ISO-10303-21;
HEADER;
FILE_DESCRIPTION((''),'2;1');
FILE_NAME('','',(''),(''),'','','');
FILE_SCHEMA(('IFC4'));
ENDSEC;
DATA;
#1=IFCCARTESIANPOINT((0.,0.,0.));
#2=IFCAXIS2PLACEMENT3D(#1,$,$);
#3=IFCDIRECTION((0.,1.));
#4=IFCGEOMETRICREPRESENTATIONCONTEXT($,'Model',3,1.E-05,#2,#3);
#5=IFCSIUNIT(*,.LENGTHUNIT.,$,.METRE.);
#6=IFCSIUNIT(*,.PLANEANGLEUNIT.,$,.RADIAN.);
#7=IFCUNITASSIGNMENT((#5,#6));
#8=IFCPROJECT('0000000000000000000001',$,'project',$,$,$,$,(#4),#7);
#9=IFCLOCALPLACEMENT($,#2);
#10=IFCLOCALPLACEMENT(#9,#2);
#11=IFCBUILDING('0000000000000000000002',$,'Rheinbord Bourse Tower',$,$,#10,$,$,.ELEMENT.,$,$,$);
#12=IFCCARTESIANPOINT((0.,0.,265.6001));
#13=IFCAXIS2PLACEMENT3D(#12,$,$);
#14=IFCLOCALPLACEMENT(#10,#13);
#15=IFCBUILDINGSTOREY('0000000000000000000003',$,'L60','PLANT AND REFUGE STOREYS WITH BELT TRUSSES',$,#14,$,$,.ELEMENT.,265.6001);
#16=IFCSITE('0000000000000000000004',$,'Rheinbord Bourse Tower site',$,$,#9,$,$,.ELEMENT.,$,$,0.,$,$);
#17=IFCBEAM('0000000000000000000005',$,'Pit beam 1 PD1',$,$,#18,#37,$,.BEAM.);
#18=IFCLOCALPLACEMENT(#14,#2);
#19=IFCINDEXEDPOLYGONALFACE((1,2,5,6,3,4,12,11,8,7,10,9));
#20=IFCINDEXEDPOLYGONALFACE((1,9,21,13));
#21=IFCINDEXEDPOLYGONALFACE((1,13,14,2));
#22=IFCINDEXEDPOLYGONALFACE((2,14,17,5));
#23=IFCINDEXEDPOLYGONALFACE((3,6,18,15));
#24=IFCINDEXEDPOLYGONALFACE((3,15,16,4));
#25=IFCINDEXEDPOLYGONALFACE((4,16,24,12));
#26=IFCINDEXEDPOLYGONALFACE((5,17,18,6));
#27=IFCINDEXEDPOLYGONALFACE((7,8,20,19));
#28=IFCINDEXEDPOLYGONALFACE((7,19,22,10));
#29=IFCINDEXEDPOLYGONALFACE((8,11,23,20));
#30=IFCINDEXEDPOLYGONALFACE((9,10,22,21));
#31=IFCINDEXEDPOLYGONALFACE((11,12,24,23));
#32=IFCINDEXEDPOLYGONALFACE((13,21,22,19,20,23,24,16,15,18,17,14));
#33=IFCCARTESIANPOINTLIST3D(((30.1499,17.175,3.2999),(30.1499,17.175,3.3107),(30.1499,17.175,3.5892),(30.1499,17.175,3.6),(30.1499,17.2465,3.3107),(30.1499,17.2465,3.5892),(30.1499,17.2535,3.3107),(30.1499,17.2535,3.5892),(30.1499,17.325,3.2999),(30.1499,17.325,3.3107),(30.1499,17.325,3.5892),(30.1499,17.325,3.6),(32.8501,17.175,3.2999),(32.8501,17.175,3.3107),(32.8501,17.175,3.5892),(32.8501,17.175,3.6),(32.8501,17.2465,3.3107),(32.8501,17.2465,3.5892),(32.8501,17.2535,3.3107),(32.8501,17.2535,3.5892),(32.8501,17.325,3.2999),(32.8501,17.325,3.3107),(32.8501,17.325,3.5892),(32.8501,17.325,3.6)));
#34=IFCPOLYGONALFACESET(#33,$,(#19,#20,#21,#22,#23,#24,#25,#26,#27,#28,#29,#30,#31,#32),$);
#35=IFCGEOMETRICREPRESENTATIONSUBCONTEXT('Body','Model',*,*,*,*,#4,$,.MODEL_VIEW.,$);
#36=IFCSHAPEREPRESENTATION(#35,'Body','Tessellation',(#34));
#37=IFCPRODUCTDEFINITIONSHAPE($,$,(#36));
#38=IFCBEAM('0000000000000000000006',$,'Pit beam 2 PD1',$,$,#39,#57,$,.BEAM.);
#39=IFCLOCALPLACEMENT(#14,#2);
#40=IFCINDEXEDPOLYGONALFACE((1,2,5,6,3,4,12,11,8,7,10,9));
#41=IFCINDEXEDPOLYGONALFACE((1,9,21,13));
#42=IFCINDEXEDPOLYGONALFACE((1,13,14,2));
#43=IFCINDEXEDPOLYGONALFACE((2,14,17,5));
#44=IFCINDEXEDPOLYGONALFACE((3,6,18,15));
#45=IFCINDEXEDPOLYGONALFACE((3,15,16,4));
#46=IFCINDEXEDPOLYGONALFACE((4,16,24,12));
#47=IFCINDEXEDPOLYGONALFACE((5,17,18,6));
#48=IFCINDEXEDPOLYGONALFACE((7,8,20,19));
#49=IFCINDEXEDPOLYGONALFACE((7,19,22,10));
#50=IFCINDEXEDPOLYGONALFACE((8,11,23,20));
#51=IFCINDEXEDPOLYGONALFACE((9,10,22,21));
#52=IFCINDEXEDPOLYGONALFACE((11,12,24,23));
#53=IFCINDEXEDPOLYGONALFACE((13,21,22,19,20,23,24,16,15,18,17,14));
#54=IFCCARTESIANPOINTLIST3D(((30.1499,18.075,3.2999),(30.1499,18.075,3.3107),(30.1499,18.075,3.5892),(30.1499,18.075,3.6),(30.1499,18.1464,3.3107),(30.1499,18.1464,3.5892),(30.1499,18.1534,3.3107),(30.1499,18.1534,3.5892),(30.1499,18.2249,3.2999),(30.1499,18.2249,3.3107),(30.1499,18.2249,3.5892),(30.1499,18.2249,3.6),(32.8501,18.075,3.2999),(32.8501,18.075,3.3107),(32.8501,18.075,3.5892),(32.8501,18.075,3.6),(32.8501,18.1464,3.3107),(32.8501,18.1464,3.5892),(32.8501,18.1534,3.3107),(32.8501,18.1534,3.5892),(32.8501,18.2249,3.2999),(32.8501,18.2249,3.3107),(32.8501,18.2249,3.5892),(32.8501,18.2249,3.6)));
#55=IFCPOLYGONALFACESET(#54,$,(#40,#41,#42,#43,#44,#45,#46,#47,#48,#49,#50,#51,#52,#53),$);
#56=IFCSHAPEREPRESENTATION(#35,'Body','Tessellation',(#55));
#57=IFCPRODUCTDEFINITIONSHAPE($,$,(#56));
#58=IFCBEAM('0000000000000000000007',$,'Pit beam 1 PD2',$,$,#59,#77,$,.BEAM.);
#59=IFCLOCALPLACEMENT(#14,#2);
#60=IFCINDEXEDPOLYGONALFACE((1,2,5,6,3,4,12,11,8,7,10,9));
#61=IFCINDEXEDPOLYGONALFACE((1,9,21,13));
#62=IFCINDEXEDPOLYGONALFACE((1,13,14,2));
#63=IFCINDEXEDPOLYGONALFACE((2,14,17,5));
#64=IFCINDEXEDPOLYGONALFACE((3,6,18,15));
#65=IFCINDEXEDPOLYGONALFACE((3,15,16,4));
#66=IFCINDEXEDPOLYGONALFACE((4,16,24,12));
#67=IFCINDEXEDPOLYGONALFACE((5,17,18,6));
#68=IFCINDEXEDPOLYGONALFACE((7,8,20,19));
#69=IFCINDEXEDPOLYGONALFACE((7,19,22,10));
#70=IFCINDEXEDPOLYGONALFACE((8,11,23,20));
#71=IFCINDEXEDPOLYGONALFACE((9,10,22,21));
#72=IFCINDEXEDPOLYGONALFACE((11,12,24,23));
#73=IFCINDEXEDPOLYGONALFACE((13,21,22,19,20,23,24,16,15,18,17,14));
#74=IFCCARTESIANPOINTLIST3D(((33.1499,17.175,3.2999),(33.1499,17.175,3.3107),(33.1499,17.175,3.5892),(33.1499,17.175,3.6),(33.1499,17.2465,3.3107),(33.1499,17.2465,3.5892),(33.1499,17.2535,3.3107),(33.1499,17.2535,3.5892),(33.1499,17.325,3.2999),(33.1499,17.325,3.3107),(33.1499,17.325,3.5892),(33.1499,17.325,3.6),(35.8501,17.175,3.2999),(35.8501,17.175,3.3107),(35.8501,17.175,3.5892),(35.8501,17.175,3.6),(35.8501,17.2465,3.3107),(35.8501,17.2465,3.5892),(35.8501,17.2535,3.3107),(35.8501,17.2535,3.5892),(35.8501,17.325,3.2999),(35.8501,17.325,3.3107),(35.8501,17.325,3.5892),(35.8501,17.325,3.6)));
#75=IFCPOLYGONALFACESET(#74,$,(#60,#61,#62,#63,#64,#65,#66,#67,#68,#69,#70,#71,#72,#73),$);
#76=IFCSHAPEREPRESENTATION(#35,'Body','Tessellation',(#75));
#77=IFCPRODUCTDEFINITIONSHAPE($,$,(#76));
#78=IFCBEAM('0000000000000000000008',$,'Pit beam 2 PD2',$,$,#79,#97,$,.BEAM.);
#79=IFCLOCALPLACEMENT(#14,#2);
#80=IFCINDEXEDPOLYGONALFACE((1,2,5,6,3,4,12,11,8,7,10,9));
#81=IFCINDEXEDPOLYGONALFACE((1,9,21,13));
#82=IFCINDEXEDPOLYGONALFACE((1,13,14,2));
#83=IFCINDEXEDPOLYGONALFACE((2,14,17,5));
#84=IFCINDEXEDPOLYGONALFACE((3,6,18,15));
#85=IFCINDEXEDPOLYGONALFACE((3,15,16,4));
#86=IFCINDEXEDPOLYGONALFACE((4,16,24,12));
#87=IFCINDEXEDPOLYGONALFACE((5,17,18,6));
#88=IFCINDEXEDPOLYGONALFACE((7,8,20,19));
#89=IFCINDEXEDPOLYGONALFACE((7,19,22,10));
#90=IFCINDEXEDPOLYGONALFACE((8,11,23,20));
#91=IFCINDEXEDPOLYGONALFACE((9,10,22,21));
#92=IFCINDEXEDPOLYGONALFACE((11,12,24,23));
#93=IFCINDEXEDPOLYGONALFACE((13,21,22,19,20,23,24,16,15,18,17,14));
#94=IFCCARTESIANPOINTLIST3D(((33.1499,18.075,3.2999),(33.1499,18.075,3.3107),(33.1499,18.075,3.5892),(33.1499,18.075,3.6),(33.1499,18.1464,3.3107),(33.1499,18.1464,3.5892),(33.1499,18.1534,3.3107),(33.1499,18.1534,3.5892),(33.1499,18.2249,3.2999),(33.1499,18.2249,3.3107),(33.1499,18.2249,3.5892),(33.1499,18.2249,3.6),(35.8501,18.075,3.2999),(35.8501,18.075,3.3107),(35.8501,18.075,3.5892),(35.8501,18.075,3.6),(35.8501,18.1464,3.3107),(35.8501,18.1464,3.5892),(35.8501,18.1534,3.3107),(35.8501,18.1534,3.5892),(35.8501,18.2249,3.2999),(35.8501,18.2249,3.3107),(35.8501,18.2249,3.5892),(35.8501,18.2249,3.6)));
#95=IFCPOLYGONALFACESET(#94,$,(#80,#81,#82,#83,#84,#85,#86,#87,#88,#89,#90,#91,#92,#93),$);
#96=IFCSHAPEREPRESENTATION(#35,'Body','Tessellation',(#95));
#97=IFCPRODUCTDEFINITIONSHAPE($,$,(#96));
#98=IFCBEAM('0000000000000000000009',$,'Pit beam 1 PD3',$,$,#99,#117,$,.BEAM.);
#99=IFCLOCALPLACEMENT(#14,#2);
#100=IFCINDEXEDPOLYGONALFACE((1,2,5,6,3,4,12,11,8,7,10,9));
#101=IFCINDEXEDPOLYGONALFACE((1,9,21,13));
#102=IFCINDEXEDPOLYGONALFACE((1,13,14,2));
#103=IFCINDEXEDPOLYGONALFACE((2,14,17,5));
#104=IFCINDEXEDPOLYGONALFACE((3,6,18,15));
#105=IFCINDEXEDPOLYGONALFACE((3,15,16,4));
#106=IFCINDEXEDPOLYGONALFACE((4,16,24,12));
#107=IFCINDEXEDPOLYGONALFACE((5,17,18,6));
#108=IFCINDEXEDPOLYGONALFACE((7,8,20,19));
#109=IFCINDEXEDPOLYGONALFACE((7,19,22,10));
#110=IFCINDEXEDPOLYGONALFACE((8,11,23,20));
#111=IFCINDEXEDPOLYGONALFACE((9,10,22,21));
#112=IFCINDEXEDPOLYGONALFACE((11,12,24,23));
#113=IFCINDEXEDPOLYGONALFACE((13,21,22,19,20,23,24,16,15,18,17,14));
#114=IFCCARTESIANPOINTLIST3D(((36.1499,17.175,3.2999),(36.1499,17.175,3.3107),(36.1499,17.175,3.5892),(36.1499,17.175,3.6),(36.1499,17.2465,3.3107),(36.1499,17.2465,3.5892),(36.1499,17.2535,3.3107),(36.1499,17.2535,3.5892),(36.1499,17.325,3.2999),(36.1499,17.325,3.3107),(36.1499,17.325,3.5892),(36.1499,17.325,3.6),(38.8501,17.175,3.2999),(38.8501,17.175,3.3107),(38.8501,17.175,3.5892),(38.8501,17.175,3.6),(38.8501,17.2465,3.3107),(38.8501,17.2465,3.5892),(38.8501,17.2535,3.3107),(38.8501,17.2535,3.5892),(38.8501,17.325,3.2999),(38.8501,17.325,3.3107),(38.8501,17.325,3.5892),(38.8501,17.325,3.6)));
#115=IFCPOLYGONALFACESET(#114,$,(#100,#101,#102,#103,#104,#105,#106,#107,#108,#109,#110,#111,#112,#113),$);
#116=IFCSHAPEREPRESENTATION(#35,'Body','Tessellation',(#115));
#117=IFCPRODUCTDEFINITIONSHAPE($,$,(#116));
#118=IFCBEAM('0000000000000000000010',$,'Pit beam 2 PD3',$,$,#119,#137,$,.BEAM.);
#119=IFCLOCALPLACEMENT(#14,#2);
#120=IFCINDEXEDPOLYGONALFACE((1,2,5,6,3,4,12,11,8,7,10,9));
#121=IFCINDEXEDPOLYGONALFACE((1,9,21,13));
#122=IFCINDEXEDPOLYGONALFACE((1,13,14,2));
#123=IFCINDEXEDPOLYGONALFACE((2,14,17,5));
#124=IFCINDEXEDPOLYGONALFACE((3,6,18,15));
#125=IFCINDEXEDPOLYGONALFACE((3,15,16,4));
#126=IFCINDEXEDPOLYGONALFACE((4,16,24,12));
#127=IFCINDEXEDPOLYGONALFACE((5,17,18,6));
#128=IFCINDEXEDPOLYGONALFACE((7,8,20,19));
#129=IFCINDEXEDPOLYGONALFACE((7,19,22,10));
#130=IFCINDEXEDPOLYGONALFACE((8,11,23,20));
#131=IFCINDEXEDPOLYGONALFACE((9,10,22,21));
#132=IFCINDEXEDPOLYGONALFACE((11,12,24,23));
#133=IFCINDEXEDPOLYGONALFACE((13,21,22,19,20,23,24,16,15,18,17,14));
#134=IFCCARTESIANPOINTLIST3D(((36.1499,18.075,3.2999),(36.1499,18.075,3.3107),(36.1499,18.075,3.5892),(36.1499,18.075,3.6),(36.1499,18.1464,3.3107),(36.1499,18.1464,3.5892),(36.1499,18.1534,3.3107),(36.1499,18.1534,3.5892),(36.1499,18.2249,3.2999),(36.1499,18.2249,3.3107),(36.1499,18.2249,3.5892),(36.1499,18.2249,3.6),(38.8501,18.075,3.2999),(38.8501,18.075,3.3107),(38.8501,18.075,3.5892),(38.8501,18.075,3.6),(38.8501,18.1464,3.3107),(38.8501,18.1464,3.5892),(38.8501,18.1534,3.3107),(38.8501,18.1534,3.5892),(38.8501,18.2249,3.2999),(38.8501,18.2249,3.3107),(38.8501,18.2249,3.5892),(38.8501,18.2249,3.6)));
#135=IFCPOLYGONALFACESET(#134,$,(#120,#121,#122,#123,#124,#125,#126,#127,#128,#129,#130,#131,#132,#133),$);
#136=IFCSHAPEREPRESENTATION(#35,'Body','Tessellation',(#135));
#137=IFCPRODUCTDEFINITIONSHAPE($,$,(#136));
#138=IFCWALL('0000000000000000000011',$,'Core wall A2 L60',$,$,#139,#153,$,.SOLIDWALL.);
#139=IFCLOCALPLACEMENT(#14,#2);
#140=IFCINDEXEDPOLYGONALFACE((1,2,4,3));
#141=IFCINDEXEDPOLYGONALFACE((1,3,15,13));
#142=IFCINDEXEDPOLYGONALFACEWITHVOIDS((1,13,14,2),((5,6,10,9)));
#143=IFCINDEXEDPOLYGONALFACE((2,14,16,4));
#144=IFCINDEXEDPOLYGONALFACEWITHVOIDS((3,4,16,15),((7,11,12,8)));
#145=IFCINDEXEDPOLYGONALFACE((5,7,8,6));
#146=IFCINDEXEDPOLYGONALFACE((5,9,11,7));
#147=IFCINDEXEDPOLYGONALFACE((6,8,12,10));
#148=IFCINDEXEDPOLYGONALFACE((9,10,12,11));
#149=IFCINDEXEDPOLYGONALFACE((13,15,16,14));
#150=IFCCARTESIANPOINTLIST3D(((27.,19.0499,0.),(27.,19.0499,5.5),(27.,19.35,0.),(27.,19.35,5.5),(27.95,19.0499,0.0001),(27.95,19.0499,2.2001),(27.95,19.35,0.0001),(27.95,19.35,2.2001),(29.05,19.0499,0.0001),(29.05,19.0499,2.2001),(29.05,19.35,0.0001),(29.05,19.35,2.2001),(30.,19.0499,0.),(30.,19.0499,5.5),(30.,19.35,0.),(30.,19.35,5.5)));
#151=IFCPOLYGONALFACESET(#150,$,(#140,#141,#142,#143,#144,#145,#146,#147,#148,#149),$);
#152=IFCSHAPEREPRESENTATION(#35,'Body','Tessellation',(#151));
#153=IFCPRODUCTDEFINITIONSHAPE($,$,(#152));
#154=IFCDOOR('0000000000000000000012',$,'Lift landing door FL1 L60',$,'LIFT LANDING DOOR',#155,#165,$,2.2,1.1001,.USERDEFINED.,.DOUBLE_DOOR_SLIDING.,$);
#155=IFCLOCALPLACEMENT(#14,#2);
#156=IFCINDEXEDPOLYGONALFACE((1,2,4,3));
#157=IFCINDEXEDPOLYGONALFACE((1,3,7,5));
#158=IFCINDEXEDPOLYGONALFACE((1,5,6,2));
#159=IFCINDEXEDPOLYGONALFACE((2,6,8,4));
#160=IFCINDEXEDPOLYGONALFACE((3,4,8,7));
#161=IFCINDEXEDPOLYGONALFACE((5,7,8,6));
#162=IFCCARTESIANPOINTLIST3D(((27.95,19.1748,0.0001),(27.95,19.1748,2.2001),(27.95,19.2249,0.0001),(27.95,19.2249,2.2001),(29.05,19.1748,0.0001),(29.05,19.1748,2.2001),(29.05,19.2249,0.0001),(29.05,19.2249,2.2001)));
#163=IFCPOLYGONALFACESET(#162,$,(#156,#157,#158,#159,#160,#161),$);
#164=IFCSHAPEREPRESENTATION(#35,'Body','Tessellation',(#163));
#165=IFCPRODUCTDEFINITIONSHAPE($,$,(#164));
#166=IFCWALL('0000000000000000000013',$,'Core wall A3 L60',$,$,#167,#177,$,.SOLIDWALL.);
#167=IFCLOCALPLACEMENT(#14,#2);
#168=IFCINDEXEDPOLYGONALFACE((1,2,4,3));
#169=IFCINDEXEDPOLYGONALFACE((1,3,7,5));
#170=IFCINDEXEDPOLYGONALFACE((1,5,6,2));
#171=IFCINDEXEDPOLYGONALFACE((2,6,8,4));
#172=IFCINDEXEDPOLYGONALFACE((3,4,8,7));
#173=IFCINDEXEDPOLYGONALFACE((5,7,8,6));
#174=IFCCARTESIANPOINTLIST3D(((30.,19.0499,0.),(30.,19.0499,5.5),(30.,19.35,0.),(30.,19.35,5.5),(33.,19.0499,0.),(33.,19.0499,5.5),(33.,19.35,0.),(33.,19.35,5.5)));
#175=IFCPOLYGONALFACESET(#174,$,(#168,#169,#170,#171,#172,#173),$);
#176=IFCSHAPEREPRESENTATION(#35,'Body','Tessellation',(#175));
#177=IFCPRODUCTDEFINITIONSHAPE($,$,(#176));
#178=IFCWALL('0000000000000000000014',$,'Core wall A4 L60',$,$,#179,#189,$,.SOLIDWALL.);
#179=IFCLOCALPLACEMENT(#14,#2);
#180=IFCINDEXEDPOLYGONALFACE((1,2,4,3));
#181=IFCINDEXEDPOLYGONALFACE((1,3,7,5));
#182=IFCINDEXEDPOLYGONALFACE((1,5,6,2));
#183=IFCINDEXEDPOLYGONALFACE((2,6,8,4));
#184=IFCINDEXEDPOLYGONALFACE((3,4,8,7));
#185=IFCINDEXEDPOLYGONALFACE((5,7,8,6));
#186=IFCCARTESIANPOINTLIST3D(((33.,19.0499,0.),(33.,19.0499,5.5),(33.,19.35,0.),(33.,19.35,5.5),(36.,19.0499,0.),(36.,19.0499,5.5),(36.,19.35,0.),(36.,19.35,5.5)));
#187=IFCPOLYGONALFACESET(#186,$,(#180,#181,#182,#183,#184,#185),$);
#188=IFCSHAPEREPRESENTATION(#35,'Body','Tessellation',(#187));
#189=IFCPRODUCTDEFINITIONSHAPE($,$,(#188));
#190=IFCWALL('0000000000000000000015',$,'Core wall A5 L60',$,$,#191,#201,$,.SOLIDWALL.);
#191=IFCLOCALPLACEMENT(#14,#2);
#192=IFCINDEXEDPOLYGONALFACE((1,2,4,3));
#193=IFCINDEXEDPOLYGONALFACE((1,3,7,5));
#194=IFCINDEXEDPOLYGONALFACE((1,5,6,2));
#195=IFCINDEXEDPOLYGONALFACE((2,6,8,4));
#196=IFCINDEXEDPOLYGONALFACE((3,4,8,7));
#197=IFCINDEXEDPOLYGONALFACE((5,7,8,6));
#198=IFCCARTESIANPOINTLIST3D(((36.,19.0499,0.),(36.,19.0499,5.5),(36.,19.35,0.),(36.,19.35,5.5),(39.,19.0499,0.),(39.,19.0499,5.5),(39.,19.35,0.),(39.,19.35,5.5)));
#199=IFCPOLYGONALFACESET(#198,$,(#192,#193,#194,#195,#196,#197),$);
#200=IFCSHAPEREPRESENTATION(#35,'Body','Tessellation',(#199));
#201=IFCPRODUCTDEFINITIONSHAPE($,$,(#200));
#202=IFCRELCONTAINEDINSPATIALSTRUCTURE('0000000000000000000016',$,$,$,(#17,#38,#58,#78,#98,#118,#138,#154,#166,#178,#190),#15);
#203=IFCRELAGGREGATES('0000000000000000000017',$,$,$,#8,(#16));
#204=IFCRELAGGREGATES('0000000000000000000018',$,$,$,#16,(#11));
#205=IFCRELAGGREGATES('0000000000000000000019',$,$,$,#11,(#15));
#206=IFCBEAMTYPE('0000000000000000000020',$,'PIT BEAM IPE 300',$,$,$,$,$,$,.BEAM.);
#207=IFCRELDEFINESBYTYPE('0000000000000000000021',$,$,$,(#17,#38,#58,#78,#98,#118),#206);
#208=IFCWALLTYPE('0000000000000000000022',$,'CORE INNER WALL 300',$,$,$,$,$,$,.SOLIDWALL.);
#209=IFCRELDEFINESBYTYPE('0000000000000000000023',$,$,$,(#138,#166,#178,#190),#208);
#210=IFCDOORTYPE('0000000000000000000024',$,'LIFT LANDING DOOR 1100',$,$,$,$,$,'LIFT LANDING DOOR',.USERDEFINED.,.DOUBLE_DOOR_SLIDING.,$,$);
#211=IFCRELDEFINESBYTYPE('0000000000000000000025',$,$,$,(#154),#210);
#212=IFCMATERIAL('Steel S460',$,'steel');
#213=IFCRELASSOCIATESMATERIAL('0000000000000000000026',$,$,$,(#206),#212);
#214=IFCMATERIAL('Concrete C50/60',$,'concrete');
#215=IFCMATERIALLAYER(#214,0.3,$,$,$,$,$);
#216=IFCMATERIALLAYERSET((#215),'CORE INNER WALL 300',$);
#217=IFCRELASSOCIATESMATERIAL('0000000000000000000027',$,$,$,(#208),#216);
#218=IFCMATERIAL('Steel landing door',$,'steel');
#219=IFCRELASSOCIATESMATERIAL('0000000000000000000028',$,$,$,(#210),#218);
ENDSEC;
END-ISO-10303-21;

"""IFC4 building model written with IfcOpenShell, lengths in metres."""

from ifc_helpers import new_model, si_unit, direction, frame, frame_2d, origin, origin_2d, place, context, subcontext, project, spatial, rectangle, i_section, extrude, material, layer, layer_set, material_profile, profile_set, type_object, element, fill, save


model = new_model("IFC4")

# Units and contexts
model_context = context("Model", 3, precision=1e-05, world=origin(), true_north=direction((0.0, 1.0)))
body_context = subcontext(model_context, "Body", "Model", "MODEL_VIEW")
ifc_project = project(units=[si_unit("LENGTHUNIT", "METRE"), si_unit("PLANEANGLEUNIT", "RADIAN")], contexts=[model_context])

# Site, building, storey
site_placement = place(None, origin())
site = spatial("IfcSite", under=ifc_project, at=site_placement, Name="Rheinbord Bourse Tower site", CompositionType="ELEMENT", RefElevation=0.0)
building_placement = place(site_placement, origin())
building = spatial("IfcBuilding", under=site, at=building_placement, Name="Rheinbord Bourse Tower", CompositionType="ELEMENT")
storey_placement = place(building_placement, frame((0.0, 0.0, 265.6001)))
storey = spatial("IfcBuildingStorey", under=building, at=storey_placement, Name="L60", Description="PLANT AND REFUGE STOREYS WITH BELT TRUSSES", CompositionType="ELEMENT", Elevation=265.6001)

# Beams
ifc_material_1 = material(Name="Steel S460", Category="steel")
ifc_material_profile = material_profile(ifc_material_1, i_section(OverallWidth=0.1499, OverallDepth=0.3, WebThickness=0.0071, FlangeThickness=0.0107, at=origin_2d()), Name="IPE 300")
ifc_profile_set = profile_set([ifc_material_profile], Name="Steel S460")
beam_type = type_object("IfcBeamType", Name="PIT BEAM IPE 300", PredefinedType="BEAM", material=ifc_profile_set)
for number, where, z_axis, x_axis, name in (
    (1, (30.1499, 17.25, 3.45), (1.0, 0.0, 0.0), (0.0, 1.0, 0.0), "Pit beam 1 PD1"),
    (2, (30.1499, 18.1499, 3.45), (1.0, 0.0, 0.0), (0.0, 1.0, 0.0), "Pit beam 2 PD1"),
    (3, (33.1499, 17.25, 3.45), (1.0, 0.0, 0.0), (0.0, 1.0, 0.0), "Pit beam 1 PD2"),
    (4, (33.1499, 18.1499, 3.45), (1.0, 0.0, 0.0), (0.0, 1.0, 0.0), "Pit beam 2 PD2"),
    (5, (36.1499, 17.25, 3.45), (1.0, 0.0, 0.0), (0.0, 1.0, 0.0), "Pit beam 1 PD3"),
    (6, (36.1499, 18.1499, 3.45), (1.0, 0.0, 0.0), (0.0, 1.0, 0.0), "Pit beam 2 PD3"),
):
    element("IfcBeam", number, at=place(storey_placement, frame(where, z_axis=z_axis, x_axis=x_axis)), inside=storey, type_object=beam_type, Name=name, PredefinedType="BEAM", context=body_context, shape_type="SweptSolid", body=[
        extrude(i_section(OverallWidth=0.1499, OverallDepth=0.3, WebThickness=0.0071, FlangeThickness=0.0107, at=origin_2d()), origin(), (0.0, 0.0, 1.0), 2.7002),
    ])

# Wall, opening, door
ifc_material_2 = material(Name="Concrete C50/60", Category="concrete")
ifc_layer_1 = layer(ifc_material_2, 0.3)
ifc_layer_set_1 = layer_set([ifc_layer_1], Name="CORE INNER WALL 300")
wall_type_1 = type_object("IfcWallType", Name="CORE INNER WALL 300", PredefinedType="SOLIDWALL", material=ifc_layer_set_1)
wall_1_placement = place(storey_placement, frame((27.0, 19.2, 0.0), z_axis=(0.0, 0.0, 1.0), x_axis=(1.0, 0.0, 0.0)))
wall_1 = element("IfcWall", 7, at=wall_1_placement, inside=storey, type_object=wall_type_1, Name="Core wall A2 L60", PredefinedType="SOLIDWALL", context=body_context, shape_type="SweptSolid", body=[
    extrude(rectangle(XDim=3.0, YDim=0.3, at=frame_2d((1.5, 0.0))), origin(), (0.0, 0.0, 1.0), 5.5),
])
opening_1_placement = place(wall_1_placement, frame((0.95, 0.0, 0.0)))
opening_1 = element("IfcOpeningElement", 8, at=opening_1_placement, cuts=wall_1, PredefinedType="OPENING", context=body_context, shape_type="SweptSolid", body=[
    extrude(rectangle(XDim=1.1001, YDim=2.2, at=frame_2d((0.55, 1.1001))), frame((0.0, 0.1599, 0.0), z_axis=(0.0, -1.0, 0.0), x_axis=(1.0, 0.0, 0.0)), (0.0, 0.0, 1.0), 0.3201),
])
ifc_material_3 = material(Name="Steel landing door", Category="steel")
door_type_1 = type_object("IfcDoorType", Name="LIFT LANDING DOOR 1100", ElementType="LIFT LANDING DOOR", OperationType="DOUBLE_DOOR_SLIDING", PredefinedType="USERDEFINED", material=ifc_material_3)
door_1_placement = place(opening_1_placement, origin())
door_1 = element("IfcDoor", 9, at=door_1_placement, inside=storey, type_object=door_type_1, Name="Lift landing door FL1 L60", ObjectType="LIFT LANDING DOOR", OperationType="DOUBLE_DOOR_SLIDING", OverallHeight=2.2, OverallWidth=1.1001, PredefinedType="USERDEFINED", context=body_context, shape_type="SweptSolid", body=[
    extrude(rectangle(XDim=1.1001, YDim=2.2, at=frame_2d((0.55, 1.1001))), frame((0.0, 0.0249, 0.0), z_axis=(0.0, -1.0, 0.0), x_axis=(1.0, 0.0, 0.0)), (0.0, 0.0, 1.0), 0.05),
])
fill(opening_1, door_1)

# Walls
for number, where, z_axis, x_axis, name in (
    (10, (30.0, 19.2, 0.0), (0.0, 0.0, 1.0), (1.0, 0.0, 0.0), "Core wall A3 L60"),
    (11, (33.0, 19.2, 0.0), (0.0, 0.0, 1.0), (1.0, 0.0, 0.0), "Core wall A4 L60"),
    (12, (36.0, 19.2, 0.0), (0.0, 0.0, 1.0), (1.0, 0.0, 0.0), "Core wall A5 L60"),
):
    element("IfcWall", number, at=place(storey_placement, frame(where, z_axis=z_axis, x_axis=x_axis)), inside=storey, type_object=wall_type_1, Name=name, PredefinedType="SOLIDWALL", context=body_context, shape_type="SweptSolid", body=[
        extrude(rectangle(XDim=3.0, YDim=0.3, at=frame_2d((1.5, 0.0))), origin(), (0.0, 0.0, 1.0), 5.5),
    ])

save(model, "model.ifc")
